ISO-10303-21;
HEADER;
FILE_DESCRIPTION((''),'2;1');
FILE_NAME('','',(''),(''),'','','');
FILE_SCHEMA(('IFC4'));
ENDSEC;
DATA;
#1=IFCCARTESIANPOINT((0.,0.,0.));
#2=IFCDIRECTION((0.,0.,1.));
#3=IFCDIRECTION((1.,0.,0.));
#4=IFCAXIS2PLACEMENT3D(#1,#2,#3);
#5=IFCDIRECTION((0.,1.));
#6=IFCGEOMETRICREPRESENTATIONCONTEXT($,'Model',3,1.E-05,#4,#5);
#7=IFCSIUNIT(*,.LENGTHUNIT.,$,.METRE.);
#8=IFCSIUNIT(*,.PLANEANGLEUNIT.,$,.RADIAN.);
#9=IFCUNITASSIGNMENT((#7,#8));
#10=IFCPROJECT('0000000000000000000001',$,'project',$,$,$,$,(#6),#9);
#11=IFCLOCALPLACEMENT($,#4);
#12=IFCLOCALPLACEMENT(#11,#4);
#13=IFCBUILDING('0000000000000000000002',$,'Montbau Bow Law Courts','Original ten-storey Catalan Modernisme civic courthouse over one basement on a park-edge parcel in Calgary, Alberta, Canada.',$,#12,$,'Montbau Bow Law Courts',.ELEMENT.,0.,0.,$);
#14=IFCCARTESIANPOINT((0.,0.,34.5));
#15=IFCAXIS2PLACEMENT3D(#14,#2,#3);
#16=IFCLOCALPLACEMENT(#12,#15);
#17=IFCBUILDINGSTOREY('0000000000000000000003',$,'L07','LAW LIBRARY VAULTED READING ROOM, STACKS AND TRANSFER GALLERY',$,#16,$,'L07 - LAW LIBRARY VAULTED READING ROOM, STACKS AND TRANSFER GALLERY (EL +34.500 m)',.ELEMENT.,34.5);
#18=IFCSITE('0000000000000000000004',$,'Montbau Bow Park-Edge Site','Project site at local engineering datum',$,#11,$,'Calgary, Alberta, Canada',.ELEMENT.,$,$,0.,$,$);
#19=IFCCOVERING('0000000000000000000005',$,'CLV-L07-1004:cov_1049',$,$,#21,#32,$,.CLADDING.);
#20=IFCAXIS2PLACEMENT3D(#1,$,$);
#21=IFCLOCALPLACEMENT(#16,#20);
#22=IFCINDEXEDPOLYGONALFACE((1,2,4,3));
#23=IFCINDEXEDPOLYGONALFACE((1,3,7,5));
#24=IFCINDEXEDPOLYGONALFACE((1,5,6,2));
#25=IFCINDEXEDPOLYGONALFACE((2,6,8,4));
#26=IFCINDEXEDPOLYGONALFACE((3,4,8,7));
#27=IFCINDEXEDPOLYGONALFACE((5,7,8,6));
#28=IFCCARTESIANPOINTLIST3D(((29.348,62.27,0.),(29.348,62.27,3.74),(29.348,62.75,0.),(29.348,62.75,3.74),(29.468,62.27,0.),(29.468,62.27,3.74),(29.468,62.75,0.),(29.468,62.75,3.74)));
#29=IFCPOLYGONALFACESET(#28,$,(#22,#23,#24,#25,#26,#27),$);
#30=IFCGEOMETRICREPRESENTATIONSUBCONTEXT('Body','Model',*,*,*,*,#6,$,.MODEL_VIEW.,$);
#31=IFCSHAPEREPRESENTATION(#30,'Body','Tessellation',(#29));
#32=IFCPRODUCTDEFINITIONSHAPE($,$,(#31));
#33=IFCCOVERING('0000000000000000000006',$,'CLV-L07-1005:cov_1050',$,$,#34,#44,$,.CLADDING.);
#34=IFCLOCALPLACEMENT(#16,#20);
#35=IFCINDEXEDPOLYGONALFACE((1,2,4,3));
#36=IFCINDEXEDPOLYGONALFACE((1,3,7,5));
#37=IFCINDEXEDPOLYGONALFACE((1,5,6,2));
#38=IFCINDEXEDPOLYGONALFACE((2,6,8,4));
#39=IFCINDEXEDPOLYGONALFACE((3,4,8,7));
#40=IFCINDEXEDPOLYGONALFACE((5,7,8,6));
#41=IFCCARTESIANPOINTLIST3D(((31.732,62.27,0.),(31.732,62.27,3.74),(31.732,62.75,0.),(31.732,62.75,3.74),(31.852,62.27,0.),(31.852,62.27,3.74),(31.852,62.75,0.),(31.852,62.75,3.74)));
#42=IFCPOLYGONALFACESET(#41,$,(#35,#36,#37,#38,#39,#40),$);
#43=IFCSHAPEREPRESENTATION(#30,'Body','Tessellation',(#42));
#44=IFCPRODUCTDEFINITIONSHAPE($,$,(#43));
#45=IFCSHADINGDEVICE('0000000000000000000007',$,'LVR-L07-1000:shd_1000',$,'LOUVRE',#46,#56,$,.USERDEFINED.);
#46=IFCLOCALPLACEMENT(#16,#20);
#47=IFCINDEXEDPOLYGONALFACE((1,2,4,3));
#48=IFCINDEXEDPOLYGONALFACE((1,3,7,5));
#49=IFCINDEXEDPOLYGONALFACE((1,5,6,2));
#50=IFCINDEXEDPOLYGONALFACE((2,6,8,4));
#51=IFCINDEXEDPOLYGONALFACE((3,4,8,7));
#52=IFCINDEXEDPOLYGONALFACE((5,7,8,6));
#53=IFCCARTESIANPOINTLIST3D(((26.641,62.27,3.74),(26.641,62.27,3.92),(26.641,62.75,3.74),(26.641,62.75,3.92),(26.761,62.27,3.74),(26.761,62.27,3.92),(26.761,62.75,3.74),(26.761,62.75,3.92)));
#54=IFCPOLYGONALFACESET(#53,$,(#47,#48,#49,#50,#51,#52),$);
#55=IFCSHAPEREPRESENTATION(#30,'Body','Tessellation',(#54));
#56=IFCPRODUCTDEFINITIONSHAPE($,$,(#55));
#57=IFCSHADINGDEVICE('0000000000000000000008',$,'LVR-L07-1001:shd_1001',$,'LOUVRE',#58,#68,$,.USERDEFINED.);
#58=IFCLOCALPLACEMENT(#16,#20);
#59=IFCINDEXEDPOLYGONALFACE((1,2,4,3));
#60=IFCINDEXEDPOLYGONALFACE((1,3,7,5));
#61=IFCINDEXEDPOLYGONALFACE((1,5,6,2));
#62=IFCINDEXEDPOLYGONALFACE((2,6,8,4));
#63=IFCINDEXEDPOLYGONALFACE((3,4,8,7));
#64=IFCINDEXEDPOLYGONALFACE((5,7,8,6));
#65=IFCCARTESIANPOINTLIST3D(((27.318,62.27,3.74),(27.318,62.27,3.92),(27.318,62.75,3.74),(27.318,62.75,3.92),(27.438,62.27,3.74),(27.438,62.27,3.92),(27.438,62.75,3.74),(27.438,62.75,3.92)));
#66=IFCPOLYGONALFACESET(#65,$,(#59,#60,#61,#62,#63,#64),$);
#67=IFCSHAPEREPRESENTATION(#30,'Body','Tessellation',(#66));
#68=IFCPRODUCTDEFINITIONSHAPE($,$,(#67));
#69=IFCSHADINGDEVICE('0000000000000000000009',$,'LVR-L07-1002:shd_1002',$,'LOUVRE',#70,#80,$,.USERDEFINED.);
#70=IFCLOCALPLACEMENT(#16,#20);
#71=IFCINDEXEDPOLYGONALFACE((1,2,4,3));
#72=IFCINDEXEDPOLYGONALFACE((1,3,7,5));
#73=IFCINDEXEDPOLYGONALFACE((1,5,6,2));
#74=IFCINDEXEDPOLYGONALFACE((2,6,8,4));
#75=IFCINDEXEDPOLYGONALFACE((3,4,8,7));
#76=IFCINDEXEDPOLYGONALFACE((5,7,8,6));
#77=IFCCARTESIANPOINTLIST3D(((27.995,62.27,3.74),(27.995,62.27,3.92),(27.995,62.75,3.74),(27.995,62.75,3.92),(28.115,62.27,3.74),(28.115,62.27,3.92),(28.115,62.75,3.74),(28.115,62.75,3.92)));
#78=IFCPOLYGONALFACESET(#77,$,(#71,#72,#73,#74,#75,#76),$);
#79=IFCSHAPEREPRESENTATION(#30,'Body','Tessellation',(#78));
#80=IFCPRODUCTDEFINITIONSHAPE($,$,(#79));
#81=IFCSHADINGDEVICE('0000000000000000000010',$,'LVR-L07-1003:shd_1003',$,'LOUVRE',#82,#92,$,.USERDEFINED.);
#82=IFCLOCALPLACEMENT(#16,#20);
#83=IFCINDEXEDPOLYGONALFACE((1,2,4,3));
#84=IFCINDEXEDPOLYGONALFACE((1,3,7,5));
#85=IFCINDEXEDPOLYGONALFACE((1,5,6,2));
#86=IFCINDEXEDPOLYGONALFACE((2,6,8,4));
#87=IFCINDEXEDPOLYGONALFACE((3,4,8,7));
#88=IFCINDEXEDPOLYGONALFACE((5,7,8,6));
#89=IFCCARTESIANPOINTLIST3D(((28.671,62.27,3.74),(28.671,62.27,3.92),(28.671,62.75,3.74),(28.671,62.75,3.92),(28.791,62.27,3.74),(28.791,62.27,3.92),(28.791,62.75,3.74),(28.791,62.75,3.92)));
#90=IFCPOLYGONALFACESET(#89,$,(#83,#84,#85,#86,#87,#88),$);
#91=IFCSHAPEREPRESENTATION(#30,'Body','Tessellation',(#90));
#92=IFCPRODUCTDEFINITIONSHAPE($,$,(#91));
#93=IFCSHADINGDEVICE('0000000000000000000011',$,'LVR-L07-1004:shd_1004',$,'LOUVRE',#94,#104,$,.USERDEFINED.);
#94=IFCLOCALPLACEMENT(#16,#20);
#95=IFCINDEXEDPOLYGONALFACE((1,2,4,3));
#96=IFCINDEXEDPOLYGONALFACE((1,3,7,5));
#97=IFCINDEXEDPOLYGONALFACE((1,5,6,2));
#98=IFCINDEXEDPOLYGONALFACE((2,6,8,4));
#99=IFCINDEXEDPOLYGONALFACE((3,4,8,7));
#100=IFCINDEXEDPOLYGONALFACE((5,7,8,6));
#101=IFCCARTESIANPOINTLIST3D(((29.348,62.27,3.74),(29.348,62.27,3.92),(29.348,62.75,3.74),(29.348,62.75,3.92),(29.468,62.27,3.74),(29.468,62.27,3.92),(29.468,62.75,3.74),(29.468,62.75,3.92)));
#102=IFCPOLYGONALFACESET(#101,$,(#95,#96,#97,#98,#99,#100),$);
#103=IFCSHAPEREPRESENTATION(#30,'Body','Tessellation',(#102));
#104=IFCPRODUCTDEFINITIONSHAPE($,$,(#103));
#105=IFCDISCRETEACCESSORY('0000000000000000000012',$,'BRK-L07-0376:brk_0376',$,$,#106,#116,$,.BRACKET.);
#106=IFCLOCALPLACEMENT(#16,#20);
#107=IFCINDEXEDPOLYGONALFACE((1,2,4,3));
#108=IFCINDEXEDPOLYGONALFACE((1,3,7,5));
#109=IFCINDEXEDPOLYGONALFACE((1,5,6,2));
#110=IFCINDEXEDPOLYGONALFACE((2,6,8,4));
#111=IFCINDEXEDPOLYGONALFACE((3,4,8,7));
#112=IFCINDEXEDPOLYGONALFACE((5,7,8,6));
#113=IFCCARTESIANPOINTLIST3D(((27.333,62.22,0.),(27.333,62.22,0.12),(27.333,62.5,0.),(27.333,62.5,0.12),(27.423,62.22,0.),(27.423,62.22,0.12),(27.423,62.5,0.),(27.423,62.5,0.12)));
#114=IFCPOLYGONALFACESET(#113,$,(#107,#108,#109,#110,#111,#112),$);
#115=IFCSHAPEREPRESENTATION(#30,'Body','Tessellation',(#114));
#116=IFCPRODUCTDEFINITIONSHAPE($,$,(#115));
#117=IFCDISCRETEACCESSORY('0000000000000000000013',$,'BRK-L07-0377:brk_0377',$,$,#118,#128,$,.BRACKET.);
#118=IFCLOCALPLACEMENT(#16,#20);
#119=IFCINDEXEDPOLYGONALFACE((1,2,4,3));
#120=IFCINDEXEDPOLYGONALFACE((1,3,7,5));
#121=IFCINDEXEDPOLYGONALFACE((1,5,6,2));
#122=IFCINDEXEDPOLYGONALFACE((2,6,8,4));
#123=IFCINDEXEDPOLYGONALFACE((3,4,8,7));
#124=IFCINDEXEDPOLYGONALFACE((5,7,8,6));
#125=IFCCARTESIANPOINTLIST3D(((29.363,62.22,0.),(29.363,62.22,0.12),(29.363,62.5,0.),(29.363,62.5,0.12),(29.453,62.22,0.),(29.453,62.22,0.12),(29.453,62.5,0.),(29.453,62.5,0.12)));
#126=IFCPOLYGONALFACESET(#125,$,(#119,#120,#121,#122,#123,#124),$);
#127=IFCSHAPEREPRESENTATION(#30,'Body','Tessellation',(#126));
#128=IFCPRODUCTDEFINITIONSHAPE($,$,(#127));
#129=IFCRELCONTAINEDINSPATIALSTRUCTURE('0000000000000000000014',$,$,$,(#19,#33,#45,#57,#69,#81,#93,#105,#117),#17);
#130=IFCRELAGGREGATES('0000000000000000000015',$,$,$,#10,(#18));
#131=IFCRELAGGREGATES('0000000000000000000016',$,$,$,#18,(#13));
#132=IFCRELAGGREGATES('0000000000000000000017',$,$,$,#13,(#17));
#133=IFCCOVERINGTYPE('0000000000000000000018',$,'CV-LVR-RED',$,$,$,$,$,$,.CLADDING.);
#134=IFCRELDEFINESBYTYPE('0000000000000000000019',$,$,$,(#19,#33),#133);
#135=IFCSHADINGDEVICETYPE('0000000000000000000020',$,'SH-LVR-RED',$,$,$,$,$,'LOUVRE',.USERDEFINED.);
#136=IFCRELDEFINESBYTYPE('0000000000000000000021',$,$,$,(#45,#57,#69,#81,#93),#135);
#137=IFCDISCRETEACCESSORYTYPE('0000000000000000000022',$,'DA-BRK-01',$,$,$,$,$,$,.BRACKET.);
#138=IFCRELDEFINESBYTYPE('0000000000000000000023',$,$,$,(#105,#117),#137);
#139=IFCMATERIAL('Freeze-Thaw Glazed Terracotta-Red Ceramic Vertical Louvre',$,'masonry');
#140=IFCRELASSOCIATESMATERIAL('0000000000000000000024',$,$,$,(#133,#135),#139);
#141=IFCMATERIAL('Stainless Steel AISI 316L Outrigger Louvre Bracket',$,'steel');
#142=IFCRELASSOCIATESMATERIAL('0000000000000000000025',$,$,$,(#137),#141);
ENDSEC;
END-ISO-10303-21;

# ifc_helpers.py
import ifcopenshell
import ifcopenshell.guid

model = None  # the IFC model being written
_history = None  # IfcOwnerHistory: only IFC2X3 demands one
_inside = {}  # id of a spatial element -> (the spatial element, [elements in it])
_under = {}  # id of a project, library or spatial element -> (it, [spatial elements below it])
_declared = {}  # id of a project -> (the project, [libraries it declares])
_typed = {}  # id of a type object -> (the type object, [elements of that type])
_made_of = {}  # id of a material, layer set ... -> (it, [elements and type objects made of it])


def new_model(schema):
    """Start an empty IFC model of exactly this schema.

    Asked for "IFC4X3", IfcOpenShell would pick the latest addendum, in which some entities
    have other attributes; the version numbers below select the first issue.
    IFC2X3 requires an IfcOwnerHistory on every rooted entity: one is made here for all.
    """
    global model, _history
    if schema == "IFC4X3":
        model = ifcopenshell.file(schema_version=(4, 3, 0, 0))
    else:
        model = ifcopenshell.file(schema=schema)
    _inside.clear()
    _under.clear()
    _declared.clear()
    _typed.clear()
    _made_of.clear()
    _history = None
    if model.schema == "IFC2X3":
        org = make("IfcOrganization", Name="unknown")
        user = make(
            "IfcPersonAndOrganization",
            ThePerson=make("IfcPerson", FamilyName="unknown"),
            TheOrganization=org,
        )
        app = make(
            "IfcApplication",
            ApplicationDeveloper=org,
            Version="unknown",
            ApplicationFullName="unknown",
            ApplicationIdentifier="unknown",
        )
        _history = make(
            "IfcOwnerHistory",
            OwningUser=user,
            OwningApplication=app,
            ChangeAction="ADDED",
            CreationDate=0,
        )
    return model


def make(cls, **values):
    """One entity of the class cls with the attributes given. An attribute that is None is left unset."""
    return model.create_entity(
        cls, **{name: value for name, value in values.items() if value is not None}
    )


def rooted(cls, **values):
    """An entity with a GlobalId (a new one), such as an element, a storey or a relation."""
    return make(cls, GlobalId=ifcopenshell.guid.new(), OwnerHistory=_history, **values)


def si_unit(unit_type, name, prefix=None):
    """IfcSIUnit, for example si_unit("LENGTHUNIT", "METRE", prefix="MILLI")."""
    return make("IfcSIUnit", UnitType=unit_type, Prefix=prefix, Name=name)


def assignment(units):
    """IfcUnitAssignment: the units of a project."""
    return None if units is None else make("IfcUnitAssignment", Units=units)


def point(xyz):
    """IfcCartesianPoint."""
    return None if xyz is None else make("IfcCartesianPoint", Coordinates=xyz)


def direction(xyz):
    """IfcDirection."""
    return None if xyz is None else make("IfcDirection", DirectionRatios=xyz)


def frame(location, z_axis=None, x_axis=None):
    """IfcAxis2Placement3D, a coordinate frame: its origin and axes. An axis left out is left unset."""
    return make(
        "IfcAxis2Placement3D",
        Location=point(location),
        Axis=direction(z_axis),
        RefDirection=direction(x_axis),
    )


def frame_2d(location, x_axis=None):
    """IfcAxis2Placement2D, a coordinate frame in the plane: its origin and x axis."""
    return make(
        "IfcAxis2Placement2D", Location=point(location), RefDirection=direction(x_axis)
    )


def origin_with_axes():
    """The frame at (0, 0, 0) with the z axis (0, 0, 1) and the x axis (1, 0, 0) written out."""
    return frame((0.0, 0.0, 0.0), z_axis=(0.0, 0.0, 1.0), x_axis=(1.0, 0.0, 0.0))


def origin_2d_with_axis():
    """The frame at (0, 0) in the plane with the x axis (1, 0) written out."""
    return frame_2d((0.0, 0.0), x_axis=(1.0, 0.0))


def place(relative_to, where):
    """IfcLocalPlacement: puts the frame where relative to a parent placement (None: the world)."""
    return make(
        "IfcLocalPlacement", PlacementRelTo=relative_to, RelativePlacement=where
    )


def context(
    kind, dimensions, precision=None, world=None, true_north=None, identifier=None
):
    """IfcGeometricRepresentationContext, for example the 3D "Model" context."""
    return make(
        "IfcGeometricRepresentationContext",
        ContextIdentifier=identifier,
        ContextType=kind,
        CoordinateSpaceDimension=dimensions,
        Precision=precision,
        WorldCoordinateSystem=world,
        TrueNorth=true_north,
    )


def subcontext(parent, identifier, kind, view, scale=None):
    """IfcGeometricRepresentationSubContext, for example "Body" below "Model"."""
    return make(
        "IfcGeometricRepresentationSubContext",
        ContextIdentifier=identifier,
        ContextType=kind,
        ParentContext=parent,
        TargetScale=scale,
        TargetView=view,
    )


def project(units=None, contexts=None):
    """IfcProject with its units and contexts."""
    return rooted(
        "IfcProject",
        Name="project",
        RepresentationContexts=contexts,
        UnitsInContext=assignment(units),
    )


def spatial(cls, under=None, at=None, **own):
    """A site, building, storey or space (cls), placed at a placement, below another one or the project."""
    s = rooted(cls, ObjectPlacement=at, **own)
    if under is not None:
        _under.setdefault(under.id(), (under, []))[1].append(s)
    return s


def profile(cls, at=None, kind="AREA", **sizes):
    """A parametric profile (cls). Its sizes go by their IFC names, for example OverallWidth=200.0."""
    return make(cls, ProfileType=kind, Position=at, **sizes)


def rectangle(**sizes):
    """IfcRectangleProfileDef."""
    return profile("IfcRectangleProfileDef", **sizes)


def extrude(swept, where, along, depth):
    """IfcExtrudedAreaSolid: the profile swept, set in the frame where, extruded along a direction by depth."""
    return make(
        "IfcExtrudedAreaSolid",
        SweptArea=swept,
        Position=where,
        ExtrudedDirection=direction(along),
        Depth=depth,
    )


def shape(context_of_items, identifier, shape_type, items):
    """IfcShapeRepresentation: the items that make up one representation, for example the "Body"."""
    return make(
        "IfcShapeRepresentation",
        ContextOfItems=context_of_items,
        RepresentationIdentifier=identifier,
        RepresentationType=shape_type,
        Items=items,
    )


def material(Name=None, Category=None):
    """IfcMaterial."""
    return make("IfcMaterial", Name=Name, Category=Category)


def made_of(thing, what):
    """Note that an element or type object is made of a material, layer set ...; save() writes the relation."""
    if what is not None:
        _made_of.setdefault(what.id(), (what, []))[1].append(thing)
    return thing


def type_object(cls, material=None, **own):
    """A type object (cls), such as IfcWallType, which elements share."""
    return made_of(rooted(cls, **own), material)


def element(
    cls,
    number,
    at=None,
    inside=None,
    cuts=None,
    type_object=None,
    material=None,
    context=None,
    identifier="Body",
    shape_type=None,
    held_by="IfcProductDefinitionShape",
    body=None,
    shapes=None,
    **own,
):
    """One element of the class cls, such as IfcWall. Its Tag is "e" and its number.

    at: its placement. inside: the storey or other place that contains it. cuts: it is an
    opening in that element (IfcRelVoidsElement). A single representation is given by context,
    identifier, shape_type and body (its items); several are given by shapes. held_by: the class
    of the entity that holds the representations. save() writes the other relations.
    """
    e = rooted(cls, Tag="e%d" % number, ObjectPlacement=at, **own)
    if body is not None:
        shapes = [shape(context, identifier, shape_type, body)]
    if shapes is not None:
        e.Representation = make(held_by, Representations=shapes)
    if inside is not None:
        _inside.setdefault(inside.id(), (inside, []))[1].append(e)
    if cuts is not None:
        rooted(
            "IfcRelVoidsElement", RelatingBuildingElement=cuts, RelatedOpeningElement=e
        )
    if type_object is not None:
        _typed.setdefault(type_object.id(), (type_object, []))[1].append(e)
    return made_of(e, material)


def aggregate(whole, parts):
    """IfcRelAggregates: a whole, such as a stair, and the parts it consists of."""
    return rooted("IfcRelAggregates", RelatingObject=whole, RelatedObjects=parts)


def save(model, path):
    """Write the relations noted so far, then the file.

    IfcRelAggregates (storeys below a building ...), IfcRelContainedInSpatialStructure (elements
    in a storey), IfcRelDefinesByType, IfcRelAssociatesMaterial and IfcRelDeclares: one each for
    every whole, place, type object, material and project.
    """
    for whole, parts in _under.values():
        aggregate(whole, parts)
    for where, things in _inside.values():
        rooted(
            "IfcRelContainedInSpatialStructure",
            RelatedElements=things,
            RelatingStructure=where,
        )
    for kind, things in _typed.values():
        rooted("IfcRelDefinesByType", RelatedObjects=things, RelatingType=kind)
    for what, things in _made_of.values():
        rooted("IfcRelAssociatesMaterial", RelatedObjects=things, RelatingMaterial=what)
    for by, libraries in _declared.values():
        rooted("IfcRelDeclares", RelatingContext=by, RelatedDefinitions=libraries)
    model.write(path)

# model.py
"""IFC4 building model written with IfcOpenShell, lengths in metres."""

from ifc_helpers import new_model, si_unit, direction, frame, frame_2d, origin_with_axes, origin_2d_with_axis, place, context, subcontext, project, spatial, rectangle, extrude, material, type_object, element, save


model = new_model("IFC4")

# Units and contexts
model_context = context("Model", 3, precision=1e-05, world=origin_with_axes(), true_north=direction((0.0, 1.0)))
body_context = subcontext(model_context, "Body", "Model", "MODEL_VIEW")
ifc_project = project(units=[si_unit("LENGTHUNIT", "METRE"), si_unit("PLANEANGLEUNIT", "RADIAN")], contexts=[model_context])

# Site, building, storey
site_placement = place(None, origin_with_axes())
site = spatial("IfcSite", under=ifc_project, at=site_placement, Name="Montbau Bow Park-Edge Site", Description="Project site at local engineering datum", LongName="Calgary, Alberta, Canada", CompositionType="ELEMENT", RefElevation=0.0)
building_placement = place(site_placement, origin_with_axes())
building = spatial("IfcBuilding", under=site, at=building_placement, Name="Montbau Bow Law Courts", Description="Original ten-storey Catalan Modernisme civic courthouse over one basement on a park-edge parcel in Calgary, Alberta, Canada.", LongName="Montbau Bow Law Courts", CompositionType="ELEMENT", ElevationOfRefHeight=0.0, ElevationOfTerrain=0.0)
storey_placement = place(building_placement, frame((0.0, 0.0, 34.5), z_axis=(0.0, 0.0, 1.0), x_axis=(1.0, 0.0, 0.0)))
storey = spatial("IfcBuildingStorey", under=building, at=storey_placement, Name="L07", Description="LAW LIBRARY VAULTED READING ROOM, STACKS AND TRANSFER GALLERY", LongName="L07 - LAW LIBRARY VAULTED READING ROOM, STACKS AND TRANSFER GALLERY (EL +34.500 m)", CompositionType="ELEMENT", Elevation=34.5)

# Coverings
ifc_material_1 = material(Name="Freeze-Thaw Glazed Terracotta-Red Ceramic Vertical Louvre", Category="masonry")
covering_type = type_object("IfcCoveringType", Name="CV-LVR-RED", PredefinedType="CLADDING", material=ifc_material_1)
for number, where, z_axis, x_axis, name in (
    (1, (29.408, 62.27, 34.5), (1.0, 0.0, 0.0), (0.0, 1.0, 0.0), "CLV-L07-1004:cov_1049"),
    (2, (31.792, 62.27, 34.5), (1.0, 0.0, 0.0), (0.0, 1.0, 0.0), "CLV-L07-1005:cov_1050"),
):
    element("IfcCovering", number, at=place(None, frame(where, z_axis=z_axis, x_axis=x_axis)), inside=storey, type_object=covering_type, Name=name, PredefinedType="CLADDING", context=body_context, shape_type="SweptSolid", body=[
        extrude(rectangle(XDim=0.48, YDim=3.74, at=frame_2d((0.24, 1.87), x_axis=(1.0, 0.0))), frame((0.0, 0.0, -0.06), z_axis=(0.0, 0.0, 1.0), x_axis=(1.0, 0.0, 0.0)), (0.0, 0.0, 1.0), 0.12),
    ])

# Shading devices
shading_device_type = type_object("IfcShadingDeviceType", Name="SH-LVR-RED", ElementType="LOUVRE", PredefinedType="USERDEFINED", material=ifc_material_1)
for number, where, z_axis, x_axis, name in (
    (3, (26.701, 62.51, 38.24), (0.0, 0.0, 1.0), (0.0, 1.0, 0.0), "LVR-L07-1000:shd_1000"),
    (4, (27.378, 62.51, 38.24), (0.0, 0.0, 1.0), (0.0, 1.0, 0.0), "LVR-L07-1001:shd_1001"),
    (5, (28.055, 62.51, 38.24), (0.0, 0.0, 1.0), (0.0, 1.0, 0.0), "LVR-L07-1002:shd_1002"),
    (6, (28.731, 62.51, 38.24), (0.0, 0.0, 1.0), (0.0, 1.0, 0.0), "LVR-L07-1003:shd_1003"),
    (7, (29.408, 62.51, 38.24), (0.0, 0.0, 1.0), (0.0, 1.0, 0.0), "LVR-L07-1004:shd_1004"),
):
    element("IfcShadingDevice", number, at=place(None, frame(where, z_axis=z_axis, x_axis=x_axis)), inside=storey, type_object=shading_device_type, Name=name, ObjectType="LOUVRE", PredefinedType="USERDEFINED", context=body_context, shape_type="SweptSolid", body=[
        extrude(rectangle(XDim=0.48, YDim=0.12, at=origin_2d_with_axis()), origin_with_axes(), (0.0, 0.0, 1.0), 0.18),
    ])

# Discrete accessories
ifc_material_2 = material(Name="Stainless Steel AISI 316L Outrigger Louvre Bracket", Category="steel")
discrete_accessory_type = type_object("IfcDiscreteAccessoryType", Name="DA-BRK-01", PredefinedType="BRACKET", material=ifc_material_2)
for number, where, z_axis, x_axis, name in (
    (8, (27.378, 62.36, 34.5), (0.0, 0.0, 1.0), (0.0, 1.0, 0.0), "BRK-L07-0376:brk_0376"),
    (9, (29.408, 62.36, 34.5), (0.0, 0.0, 1.0), (0.0, 1.0, 0.0), "BRK-L07-0377:brk_0377"),
):
    element("IfcDiscreteAccessory", number, at=place(None, frame(where, z_axis=z_axis, x_axis=x_axis)), inside=storey, type_object=discrete_accessory_type, Name=name, PredefinedType="BRACKET", context=body_context, shape_type="SweptSolid", body=[
        extrude(rectangle(XDim=0.28, YDim=0.09, at=origin_2d_with_axis()), origin_with_axes(), (0.0, 0.0, 1.0), 0.12),
    ])

save(model, "model.ifc")
